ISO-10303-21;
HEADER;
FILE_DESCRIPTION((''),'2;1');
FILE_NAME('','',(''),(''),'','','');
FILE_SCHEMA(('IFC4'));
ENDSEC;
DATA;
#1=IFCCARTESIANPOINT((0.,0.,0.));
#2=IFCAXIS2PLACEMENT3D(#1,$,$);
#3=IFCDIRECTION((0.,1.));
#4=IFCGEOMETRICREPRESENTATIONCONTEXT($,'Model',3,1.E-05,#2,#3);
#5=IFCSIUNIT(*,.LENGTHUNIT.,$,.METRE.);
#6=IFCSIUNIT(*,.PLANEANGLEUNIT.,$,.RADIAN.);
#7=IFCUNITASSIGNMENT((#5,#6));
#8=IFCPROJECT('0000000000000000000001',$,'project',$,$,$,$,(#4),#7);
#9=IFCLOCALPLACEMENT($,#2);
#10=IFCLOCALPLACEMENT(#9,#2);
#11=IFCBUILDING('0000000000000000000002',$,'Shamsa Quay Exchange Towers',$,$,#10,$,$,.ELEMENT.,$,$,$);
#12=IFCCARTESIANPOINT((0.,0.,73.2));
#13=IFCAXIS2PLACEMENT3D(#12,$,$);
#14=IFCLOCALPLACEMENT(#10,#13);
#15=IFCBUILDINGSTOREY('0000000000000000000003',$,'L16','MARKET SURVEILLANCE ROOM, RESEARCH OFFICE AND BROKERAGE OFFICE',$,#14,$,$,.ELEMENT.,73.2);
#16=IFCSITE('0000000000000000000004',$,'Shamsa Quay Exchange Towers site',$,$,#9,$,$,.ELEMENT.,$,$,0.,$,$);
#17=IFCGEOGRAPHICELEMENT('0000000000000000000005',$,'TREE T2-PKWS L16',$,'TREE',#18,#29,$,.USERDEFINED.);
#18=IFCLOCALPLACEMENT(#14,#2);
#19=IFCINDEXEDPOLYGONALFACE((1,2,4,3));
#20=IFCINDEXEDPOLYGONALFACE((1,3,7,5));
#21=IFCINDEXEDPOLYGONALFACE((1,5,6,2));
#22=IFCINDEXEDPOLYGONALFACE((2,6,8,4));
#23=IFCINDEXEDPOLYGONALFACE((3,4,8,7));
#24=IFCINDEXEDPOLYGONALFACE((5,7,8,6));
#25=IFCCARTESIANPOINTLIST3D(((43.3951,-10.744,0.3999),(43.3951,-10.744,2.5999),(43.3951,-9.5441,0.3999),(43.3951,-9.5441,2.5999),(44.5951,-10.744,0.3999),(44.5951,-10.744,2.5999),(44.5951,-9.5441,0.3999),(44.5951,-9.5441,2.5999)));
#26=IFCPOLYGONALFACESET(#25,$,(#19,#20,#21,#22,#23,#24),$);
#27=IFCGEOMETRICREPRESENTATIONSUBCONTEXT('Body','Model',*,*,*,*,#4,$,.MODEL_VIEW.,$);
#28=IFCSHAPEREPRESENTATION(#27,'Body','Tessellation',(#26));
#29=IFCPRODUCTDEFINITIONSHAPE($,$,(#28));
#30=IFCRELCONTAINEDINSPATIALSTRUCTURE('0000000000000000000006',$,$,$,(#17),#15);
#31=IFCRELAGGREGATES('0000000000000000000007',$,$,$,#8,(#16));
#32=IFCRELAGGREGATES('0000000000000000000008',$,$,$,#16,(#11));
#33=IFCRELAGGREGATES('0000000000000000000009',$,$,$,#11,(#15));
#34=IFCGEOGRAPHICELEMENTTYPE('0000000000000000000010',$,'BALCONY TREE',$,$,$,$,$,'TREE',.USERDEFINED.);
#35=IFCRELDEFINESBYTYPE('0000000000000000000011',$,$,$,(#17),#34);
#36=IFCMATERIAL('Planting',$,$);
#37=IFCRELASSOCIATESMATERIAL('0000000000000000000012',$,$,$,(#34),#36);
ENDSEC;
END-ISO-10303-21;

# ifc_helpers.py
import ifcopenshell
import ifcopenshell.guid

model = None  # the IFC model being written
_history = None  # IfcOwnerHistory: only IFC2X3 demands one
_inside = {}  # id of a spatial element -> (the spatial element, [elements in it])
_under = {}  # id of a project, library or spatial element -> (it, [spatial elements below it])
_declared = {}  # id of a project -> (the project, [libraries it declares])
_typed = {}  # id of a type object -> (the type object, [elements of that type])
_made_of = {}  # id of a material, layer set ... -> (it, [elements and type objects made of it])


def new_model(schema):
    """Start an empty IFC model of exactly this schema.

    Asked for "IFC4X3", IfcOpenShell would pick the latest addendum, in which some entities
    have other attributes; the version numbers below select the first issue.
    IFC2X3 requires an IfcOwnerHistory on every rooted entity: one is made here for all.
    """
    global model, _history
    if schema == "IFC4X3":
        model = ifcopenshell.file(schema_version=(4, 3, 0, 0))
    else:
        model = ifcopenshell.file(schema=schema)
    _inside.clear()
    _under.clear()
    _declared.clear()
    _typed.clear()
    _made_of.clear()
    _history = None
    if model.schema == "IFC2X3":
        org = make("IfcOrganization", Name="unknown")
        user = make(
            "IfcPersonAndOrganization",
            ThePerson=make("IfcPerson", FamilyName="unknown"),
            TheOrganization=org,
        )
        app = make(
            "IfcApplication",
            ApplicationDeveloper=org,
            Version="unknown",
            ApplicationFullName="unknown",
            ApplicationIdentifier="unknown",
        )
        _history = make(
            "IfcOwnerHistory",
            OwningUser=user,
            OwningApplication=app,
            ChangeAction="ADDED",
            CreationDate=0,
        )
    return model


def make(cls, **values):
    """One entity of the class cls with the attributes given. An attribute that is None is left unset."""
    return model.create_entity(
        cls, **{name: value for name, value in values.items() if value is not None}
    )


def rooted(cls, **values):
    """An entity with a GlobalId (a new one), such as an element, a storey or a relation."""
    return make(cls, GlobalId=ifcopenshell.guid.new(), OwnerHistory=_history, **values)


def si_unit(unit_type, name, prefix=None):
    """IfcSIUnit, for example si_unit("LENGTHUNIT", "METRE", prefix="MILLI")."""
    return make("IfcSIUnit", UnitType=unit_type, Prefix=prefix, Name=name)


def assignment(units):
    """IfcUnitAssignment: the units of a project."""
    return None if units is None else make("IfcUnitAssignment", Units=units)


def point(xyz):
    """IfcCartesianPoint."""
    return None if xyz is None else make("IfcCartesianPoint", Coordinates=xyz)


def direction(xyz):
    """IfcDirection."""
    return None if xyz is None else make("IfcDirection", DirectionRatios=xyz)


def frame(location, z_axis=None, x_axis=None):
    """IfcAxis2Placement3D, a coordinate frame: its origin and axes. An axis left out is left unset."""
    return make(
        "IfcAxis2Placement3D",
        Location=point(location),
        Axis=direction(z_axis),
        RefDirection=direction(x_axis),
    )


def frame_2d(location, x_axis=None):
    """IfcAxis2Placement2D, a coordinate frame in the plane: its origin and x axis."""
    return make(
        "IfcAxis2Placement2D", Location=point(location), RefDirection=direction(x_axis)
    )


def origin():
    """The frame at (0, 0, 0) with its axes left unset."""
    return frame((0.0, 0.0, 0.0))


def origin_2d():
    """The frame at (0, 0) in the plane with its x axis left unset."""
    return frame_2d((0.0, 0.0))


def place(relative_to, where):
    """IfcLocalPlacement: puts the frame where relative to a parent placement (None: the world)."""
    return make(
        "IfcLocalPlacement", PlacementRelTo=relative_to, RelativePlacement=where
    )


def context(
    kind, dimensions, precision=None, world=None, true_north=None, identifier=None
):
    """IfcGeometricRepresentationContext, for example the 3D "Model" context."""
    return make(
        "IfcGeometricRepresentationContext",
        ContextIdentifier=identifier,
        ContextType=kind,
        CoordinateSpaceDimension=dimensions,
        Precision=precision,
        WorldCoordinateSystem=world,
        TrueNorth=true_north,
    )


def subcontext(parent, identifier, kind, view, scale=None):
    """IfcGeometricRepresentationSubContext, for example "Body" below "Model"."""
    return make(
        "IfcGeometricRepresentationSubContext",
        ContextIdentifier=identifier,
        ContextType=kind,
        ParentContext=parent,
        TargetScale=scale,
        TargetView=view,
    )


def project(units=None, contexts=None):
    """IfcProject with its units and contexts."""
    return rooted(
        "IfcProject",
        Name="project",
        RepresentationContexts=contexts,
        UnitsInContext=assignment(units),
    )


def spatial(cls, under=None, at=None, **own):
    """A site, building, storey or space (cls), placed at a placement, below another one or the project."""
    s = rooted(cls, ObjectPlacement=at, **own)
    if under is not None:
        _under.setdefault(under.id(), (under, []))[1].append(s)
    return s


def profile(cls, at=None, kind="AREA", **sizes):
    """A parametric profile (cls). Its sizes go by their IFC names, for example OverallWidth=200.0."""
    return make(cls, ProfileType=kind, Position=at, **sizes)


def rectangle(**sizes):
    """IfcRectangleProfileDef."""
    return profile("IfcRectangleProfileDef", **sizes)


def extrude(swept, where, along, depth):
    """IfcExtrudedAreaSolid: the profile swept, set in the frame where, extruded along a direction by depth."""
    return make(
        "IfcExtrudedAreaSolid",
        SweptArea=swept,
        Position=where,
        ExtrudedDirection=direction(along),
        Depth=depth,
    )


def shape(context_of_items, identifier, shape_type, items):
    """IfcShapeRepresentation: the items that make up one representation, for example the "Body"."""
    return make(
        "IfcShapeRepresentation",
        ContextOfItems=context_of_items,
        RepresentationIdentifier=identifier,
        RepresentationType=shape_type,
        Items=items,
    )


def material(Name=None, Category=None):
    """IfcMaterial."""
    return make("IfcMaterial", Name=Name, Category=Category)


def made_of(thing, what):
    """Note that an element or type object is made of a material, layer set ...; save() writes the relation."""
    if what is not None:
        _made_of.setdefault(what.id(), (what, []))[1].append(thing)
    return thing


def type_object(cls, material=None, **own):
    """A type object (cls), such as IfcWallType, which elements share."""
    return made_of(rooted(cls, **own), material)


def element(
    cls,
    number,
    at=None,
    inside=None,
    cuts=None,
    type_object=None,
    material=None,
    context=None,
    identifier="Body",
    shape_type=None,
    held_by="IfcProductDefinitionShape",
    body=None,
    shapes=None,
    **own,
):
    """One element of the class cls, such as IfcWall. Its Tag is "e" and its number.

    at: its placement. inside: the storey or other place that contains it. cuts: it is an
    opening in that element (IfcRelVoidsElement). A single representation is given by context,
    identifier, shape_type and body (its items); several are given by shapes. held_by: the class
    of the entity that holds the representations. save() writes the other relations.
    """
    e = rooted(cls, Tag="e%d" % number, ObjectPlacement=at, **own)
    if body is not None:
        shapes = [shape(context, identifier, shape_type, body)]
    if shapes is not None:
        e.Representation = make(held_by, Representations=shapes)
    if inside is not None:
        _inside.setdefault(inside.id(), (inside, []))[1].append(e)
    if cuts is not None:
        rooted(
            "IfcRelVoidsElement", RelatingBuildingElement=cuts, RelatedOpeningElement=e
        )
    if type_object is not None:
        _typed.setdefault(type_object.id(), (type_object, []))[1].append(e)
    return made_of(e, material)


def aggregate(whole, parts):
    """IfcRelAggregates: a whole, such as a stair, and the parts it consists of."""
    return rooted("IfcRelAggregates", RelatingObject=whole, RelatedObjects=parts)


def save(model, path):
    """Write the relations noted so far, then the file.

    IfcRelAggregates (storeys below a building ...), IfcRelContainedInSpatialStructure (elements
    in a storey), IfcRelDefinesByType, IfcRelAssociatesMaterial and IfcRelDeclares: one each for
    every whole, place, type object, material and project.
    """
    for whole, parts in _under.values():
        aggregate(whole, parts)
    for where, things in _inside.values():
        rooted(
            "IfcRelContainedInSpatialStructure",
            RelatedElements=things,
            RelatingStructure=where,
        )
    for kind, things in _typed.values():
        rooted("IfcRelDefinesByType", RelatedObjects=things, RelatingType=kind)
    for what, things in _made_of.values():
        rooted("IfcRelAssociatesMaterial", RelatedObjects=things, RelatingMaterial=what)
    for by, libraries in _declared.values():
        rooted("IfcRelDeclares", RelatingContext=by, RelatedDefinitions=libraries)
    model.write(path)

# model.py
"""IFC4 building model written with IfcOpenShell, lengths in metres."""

from ifc_helpers import new_model, si_unit, direction, frame, origin, origin_2d, place, context, subcontext, project, spatial, rectangle, extrude, material, type_object, element, save


model = new_model("IFC4")

# Units and contexts
model_context = context("Model", 3, precision=1e-05, world=origin(), true_north=direction((0.0, 1.0)))
body_context = subcontext(model_context, "Body", "Model", "MODEL_VIEW")
ifc_project = project(units=[si_unit("LENGTHUNIT", "METRE"), si_unit("PLANEANGLEUNIT", "RADIAN")], contexts=[model_context])

# Site, building, storey
site_placement = place(None, origin())
site = spatial("IfcSite", under=ifc_project, at=site_placement, Name="Shamsa Quay Exchange Towers site", CompositionType="ELEMENT", RefElevation=0.0)
building_placement = place(site_placement, origin())
building = spatial("IfcBuilding", under=site, at=building_placement, Name="Shamsa Quay Exchange Towers", CompositionType="ELEMENT")
storey_placement = place(building_placement, frame((0.0, 0.0, 73.2)))
storey = spatial("IfcBuildingStorey", under=building, at=storey_placement, Name="L16", Description="MARKET SURVEILLANCE ROOM, RESEARCH OFFICE AND BROKERAGE OFFICE", CompositionType="ELEMENT", Elevation=73.2)

# Geographic element
ifc_material_1 = material(Name="Planting")
geographic_element_type = type_object("IfcGeographicElementType", Name="BALCONY TREE", ElementType="TREE", PredefinedType="USERDEFINED", material=ifc_material_1)
geographic_element_placement = place(storey_placement, frame((43.9951, -10.144, 0.3999), z_axis=(0.0, 0.0, 1.0), x_axis=(0.0, 1.0, 0.0)))
element("IfcGeographicElement", 1, at=geographic_element_placement, inside=storey, type_object=geographic_element_type, Name="TREE T2-PKWS L16", ObjectType="TREE", PredefinedType="USERDEFINED", context=body_context, shape_type="SweptSolid", body=[
    extrude(rectangle(XDim=1.2, YDim=1.2, at=origin_2d()), origin(), (0.0, 0.0, 1.0), 2.2),
])

save(model, "model.ifc")
